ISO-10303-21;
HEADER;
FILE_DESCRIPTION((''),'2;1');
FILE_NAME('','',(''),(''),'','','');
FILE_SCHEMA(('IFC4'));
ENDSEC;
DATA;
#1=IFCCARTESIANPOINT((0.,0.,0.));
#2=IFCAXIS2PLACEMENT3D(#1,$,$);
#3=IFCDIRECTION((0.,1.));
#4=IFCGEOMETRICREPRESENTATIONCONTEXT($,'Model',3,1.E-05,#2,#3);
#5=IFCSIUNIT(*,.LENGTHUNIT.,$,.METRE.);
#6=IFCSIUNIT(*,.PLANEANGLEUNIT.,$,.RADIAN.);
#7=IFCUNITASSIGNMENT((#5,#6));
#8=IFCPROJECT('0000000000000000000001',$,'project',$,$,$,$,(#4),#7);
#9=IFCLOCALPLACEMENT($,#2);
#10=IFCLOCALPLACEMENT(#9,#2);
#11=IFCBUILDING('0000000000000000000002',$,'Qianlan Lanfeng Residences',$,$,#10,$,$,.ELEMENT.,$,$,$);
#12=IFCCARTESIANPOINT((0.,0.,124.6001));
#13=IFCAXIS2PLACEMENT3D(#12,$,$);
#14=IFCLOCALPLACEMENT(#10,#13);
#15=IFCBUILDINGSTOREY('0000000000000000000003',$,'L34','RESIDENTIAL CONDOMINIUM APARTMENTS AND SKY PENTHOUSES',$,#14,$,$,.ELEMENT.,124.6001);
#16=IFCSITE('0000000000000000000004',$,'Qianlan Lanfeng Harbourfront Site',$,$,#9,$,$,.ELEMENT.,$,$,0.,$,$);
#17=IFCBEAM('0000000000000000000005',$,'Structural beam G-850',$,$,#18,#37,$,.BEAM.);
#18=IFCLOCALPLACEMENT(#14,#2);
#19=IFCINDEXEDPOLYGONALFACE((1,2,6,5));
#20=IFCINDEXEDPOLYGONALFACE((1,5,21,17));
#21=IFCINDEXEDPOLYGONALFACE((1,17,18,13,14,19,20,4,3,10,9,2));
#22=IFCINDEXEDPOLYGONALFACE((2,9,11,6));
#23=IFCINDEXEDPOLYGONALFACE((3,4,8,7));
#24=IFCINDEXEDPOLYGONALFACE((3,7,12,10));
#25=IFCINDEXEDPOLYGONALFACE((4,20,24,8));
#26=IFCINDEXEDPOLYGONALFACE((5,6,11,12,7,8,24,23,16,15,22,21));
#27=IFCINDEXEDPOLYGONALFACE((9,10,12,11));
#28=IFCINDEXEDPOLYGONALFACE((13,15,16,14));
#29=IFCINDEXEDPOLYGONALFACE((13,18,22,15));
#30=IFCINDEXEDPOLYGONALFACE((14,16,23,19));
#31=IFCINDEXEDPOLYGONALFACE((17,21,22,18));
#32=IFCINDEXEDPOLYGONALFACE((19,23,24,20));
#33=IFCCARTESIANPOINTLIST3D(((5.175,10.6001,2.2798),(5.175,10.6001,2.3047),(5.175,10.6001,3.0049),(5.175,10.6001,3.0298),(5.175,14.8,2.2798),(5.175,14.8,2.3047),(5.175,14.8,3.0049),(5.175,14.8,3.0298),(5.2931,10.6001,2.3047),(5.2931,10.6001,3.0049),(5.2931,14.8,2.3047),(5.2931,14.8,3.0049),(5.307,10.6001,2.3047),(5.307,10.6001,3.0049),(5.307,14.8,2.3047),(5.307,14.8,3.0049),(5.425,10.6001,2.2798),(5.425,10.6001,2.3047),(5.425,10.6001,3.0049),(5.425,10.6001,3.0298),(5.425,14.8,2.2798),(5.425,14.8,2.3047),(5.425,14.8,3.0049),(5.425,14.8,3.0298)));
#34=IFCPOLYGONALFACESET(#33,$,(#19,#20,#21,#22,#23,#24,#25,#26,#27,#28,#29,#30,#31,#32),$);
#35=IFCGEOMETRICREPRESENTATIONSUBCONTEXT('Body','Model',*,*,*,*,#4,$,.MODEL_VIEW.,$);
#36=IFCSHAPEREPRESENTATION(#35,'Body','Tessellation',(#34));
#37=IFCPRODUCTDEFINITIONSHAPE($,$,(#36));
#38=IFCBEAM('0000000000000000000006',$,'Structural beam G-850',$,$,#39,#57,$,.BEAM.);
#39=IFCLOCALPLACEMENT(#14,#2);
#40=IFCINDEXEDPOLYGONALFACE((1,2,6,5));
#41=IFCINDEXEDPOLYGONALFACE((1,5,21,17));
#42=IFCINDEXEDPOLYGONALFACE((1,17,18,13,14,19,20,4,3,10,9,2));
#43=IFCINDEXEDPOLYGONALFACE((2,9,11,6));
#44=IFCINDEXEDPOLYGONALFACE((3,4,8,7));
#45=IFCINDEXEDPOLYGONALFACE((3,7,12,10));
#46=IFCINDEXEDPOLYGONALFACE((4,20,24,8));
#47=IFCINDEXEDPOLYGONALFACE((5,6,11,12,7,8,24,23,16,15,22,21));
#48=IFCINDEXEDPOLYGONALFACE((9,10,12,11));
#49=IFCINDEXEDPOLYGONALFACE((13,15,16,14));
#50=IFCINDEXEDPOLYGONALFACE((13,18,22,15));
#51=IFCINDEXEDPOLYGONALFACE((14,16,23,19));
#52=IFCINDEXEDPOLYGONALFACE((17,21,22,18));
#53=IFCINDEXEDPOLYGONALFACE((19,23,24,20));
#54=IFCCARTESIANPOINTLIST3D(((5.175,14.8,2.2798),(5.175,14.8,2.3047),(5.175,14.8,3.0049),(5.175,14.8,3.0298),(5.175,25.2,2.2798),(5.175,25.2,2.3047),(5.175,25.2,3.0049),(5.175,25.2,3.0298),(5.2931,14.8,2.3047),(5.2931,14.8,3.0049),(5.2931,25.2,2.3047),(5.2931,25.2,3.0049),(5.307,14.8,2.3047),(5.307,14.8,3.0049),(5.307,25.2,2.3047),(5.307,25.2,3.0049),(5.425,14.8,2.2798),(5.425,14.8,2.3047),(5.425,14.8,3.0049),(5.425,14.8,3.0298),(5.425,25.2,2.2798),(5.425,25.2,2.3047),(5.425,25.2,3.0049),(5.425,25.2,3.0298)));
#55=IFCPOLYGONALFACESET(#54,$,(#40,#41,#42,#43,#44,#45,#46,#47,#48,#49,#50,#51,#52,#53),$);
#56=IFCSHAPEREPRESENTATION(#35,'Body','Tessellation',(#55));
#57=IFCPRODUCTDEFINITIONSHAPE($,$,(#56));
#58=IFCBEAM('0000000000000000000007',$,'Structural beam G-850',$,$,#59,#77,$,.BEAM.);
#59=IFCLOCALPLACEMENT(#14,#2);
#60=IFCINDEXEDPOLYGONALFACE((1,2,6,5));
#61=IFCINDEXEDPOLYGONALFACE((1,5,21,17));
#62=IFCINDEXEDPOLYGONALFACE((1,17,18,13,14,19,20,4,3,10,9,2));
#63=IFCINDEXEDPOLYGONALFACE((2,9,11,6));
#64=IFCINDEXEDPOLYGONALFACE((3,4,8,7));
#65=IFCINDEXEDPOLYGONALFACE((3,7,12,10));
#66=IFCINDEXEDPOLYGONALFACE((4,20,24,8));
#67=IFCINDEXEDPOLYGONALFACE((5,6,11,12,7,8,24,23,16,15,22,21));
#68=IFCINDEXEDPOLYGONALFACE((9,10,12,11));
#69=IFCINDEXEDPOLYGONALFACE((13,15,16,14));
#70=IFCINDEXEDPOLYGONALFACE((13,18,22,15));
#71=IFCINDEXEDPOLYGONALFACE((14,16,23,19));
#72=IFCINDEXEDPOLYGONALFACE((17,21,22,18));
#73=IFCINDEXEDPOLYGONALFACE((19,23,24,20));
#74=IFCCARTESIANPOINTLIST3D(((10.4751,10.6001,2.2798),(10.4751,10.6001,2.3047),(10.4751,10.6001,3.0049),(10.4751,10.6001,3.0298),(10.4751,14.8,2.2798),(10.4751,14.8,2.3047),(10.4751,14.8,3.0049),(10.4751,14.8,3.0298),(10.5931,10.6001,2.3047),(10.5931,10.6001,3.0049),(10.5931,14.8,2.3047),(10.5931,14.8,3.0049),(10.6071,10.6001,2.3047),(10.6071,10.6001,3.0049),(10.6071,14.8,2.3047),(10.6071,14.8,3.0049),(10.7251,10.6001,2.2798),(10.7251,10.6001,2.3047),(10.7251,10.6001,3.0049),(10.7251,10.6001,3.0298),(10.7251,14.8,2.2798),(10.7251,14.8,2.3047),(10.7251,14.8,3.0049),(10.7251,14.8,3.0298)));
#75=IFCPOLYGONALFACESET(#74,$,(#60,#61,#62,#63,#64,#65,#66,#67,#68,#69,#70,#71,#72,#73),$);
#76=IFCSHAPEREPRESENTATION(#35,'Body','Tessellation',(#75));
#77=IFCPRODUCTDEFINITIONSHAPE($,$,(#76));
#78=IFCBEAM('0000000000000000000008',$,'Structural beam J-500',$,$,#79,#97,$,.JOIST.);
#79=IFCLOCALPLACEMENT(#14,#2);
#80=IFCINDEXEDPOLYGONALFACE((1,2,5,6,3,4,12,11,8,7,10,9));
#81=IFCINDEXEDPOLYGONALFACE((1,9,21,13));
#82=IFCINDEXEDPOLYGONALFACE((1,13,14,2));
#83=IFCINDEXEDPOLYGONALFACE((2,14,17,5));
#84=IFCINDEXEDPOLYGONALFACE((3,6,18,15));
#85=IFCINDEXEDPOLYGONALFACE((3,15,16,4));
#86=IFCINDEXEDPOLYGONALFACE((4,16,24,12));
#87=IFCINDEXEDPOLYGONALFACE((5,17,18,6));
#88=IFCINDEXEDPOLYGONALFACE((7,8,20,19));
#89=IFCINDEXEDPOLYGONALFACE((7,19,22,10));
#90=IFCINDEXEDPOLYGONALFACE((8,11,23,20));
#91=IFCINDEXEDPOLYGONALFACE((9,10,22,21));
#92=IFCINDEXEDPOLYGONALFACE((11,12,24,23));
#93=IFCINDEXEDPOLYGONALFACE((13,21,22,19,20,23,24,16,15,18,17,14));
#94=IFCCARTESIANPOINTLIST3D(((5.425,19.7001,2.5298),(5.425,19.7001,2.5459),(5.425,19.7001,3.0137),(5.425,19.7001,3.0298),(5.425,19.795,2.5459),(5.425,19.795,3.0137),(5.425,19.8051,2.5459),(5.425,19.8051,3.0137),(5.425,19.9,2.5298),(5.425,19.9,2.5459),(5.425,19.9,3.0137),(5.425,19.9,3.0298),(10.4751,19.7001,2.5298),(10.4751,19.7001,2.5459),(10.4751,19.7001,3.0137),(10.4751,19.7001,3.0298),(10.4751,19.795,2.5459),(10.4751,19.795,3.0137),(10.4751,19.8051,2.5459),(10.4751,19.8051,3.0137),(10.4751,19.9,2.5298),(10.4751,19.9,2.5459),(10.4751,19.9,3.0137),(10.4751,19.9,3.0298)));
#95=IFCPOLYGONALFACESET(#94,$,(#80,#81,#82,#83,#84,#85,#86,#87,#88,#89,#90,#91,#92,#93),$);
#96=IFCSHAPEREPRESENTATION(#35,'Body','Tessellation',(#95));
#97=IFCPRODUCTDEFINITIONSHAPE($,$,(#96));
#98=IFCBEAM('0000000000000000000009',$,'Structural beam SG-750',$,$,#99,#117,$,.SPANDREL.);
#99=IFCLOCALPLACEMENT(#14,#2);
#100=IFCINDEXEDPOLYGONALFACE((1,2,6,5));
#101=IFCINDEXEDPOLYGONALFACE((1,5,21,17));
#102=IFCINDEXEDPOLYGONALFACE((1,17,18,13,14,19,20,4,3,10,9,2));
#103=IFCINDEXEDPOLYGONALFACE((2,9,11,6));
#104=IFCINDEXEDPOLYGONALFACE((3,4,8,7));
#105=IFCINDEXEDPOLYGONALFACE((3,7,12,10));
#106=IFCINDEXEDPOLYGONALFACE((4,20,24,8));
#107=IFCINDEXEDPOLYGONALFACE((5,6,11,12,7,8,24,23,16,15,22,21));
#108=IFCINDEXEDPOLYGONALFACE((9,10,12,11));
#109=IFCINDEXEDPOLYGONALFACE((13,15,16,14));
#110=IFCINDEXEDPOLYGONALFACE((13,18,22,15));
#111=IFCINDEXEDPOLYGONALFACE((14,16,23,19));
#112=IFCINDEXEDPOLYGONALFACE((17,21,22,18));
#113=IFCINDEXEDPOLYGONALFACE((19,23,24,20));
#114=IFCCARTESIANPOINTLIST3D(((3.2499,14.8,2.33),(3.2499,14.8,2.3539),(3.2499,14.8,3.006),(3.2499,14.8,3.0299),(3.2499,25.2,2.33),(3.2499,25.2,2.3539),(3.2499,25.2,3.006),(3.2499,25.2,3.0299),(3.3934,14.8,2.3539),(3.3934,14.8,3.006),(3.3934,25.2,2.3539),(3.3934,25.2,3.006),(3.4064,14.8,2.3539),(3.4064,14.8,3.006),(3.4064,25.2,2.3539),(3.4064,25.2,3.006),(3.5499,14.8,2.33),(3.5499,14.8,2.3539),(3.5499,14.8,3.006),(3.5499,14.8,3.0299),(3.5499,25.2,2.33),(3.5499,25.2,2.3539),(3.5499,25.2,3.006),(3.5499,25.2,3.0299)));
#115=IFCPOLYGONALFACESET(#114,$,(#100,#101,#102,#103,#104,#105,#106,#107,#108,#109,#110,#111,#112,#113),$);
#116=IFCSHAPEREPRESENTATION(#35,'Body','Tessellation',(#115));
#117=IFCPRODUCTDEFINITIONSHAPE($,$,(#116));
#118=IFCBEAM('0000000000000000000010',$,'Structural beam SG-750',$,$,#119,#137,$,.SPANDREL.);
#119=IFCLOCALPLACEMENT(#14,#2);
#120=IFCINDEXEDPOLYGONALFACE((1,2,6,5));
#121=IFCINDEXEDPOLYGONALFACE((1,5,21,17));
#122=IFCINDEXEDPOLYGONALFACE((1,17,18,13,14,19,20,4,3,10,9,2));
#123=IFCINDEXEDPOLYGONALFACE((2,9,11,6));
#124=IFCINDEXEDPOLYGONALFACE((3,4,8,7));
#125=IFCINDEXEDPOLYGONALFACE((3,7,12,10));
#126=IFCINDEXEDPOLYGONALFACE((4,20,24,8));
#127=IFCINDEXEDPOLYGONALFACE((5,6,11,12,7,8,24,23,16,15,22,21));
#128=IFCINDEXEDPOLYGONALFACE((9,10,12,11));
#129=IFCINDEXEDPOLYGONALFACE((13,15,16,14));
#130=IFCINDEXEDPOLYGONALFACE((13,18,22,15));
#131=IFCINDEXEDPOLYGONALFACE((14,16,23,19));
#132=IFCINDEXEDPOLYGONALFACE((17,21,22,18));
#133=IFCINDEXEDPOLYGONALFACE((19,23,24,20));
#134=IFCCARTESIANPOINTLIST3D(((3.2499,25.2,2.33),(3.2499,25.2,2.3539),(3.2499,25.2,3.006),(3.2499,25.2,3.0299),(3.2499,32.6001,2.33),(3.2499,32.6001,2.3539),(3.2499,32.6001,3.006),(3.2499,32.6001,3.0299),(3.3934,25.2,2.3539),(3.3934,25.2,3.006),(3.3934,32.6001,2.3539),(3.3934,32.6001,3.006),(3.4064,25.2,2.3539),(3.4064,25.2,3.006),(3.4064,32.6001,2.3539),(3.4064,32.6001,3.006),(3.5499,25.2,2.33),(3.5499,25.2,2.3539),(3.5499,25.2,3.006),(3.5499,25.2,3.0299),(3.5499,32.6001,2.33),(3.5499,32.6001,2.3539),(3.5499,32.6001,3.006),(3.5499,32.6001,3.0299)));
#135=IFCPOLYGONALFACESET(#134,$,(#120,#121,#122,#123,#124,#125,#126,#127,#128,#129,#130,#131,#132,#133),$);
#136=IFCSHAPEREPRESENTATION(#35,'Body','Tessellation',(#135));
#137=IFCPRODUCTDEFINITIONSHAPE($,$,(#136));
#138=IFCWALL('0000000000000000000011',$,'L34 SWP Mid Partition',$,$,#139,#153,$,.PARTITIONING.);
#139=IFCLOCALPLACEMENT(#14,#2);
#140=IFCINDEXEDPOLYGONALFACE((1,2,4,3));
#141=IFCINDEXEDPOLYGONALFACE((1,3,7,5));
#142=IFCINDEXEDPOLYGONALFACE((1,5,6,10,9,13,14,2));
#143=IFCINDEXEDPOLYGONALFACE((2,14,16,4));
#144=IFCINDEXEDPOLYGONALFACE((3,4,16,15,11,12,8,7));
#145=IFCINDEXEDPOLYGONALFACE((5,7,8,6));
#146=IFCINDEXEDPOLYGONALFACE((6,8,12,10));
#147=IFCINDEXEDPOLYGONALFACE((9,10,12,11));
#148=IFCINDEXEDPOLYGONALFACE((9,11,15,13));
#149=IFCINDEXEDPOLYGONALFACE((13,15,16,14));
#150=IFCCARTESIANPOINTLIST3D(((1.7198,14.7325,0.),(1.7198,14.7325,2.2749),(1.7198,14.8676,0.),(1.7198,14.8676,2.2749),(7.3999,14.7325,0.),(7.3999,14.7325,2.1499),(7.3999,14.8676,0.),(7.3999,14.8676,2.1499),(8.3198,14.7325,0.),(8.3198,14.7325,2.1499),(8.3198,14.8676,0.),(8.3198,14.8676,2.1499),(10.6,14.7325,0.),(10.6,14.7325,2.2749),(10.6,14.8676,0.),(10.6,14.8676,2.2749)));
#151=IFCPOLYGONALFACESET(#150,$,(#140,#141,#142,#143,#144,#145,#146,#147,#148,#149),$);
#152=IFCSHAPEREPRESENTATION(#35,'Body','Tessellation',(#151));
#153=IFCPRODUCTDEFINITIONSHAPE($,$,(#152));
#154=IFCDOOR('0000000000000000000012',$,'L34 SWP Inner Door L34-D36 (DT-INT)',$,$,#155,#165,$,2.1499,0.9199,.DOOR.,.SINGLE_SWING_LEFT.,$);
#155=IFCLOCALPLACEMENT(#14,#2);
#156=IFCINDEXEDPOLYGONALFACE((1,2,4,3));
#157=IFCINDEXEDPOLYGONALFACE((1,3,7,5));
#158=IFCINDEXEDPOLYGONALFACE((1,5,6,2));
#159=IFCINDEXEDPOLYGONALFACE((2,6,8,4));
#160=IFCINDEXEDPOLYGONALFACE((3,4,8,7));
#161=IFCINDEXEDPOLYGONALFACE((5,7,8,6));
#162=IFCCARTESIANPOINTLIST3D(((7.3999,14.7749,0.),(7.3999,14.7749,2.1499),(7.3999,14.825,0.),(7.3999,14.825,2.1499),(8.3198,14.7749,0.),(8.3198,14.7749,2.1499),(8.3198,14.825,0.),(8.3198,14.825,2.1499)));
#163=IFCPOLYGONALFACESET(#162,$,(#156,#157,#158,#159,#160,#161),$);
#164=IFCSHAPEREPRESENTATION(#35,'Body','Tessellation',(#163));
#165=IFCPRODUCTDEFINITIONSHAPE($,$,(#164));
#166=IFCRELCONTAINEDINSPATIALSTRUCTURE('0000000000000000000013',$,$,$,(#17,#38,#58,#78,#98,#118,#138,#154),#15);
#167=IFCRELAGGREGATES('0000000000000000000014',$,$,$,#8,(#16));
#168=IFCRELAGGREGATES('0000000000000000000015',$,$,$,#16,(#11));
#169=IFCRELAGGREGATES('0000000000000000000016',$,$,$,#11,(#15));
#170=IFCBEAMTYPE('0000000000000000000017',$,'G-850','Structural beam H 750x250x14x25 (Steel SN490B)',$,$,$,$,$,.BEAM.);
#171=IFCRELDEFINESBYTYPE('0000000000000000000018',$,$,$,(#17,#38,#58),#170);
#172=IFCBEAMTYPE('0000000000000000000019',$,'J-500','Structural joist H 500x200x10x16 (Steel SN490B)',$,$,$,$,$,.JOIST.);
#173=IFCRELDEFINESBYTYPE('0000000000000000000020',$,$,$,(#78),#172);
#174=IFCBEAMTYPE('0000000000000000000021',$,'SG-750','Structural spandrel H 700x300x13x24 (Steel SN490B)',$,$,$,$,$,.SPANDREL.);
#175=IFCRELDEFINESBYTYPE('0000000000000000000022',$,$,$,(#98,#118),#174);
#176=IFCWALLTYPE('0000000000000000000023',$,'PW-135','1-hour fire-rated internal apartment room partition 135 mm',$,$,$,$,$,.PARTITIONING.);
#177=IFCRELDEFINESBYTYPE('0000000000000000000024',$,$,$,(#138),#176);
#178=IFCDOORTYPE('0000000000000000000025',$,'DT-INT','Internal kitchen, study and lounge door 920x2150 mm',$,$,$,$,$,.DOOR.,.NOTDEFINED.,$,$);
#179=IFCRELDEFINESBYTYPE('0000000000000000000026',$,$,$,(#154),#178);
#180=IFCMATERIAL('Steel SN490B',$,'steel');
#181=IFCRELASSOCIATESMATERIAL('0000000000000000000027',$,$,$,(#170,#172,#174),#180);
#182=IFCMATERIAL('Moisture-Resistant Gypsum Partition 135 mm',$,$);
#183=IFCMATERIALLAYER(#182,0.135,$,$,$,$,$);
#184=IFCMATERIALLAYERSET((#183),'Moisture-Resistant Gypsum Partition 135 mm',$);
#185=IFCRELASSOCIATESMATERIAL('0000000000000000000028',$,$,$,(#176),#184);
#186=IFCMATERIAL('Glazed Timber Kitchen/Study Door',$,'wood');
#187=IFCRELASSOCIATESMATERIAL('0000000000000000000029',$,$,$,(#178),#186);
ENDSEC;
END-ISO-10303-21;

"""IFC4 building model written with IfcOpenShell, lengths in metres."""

from ifc_helpers import new_model, si_unit, direction, frame, frame_2d, origin, origin_2d, place, context, subcontext, project, spatial, rectangle, i_section, extrude, material, layer, layer_set, material_profile, profile_set, type_object, element, fill, save


model = new_model("IFC4")

# Units and contexts
model_context = context("Model", 3, precision=1e-05, world=origin(), true_north=direction((0.0, 1.0)))
body_context = subcontext(model_context, "Body", "Model", "MODEL_VIEW")
ifc_project = project(units=[si_unit("LENGTHUNIT", "METRE"), si_unit("PLANEANGLEUNIT", "RADIAN")], contexts=[model_context])

# Site, building, storey
site_placement = place(None, origin())
site = spatial("IfcSite", under=ifc_project, at=site_placement, Name="Qianlan Lanfeng Harbourfront Site", CompositionType="ELEMENT", RefElevation=0.0)
building_placement = place(site_placement, origin())
building = spatial("IfcBuilding", under=site, at=building_placement, Name="Qianlan Lanfeng Residences", CompositionType="ELEMENT")
storey_placement = place(building_placement, frame((0.0, 0.0, 124.6001)))
storey = spatial("IfcBuildingStorey", under=building, at=storey_placement, Name="L34", Description="RESIDENTIAL CONDOMINIUM APARTMENTS AND SKY PENTHOUSES", CompositionType="ELEMENT", Elevation=124.6001)

# Shared definitions
ifc_material_1 = material(Name="Steel SN490B", Category="steel")

# Beams
ifc_material_profile_1 = material_profile(ifc_material_1, i_section(OverallWidth=0.25, OverallDepth=0.75, WebThickness=0.0139, FlangeThickness=0.0249, at=origin_2d()), Name="H 750x250x14x25")
ifc_profile_set_1 = profile_set([ifc_material_profile_1], Name="Steel SN490B")
beam_type_1 = type_object("IfcBeamType", Name="G-850", Description="Structural beam H 750x250x14x25 (Steel SN490B)", PredefinedType="BEAM", material=ifc_profile_set_1)
beam_1_placement = place(storey_placement, frame((5.3, 10.6001, 2.6548), z_axis=(0.0, 1.0, 0.0), x_axis=(-1.0, 0.0, 0.0)))
element("IfcBeam", 1, at=beam_1_placement, inside=storey, type_object=beam_type_1, Name="Structural beam G-850", PredefinedType="BEAM", context=body_context, shape_type="SweptSolid", body=[
    extrude(i_section(OverallWidth=0.25, OverallDepth=0.75, WebThickness=0.0139, FlangeThickness=0.0249, at=origin_2d()), origin(), (0.0, 0.0, 1.0), 4.2),
])
beam_2_placement = place(storey_placement, frame((5.3, 14.8, 2.6548), z_axis=(0.0, 1.0, 0.0), x_axis=(-1.0, 0.0, 0.0)))
element("IfcBeam", 2, at=beam_2_placement, inside=storey, type_object=beam_type_1, Name="Structural beam G-850", PredefinedType="BEAM", context=body_context, shape_type="SweptSolid", body=[
    extrude(i_section(OverallWidth=0.25, OverallDepth=0.75, WebThickness=0.0139, FlangeThickness=0.0249, at=origin_2d()), origin(), (0.0, 0.0, 1.0), 10.3999),
])
beam_3_placement = place(storey_placement, frame((10.6001, 10.6001, 2.6548), z_axis=(0.0, 1.0, 0.0), x_axis=(-1.0, 0.0, 0.0)))
element("IfcBeam", 3, at=beam_3_placement, inside=storey, type_object=beam_type_1, Name="Structural beam G-850", PredefinedType="BEAM", context=body_context, shape_type="SweptSolid", body=[
    extrude(i_section(OverallWidth=0.25, OverallDepth=0.75, WebThickness=0.0139, FlangeThickness=0.0249, at=origin_2d()), origin(), (0.0, 0.0, 1.0), 4.2),
])
ifc_material_profile_2 = material_profile(ifc_material_1, i_section(OverallWidth=0.2, OverallDepth=0.5, WebThickness=0.01, FlangeThickness=0.0161, at=origin_2d()), Name="H 500x200x10x16")
ifc_profile_set_2 = profile_set([ifc_material_profile_2], Name="Steel SN490B")
beam_type_2 = type_object("IfcBeamType", Name="J-500", Description="Structural joist H 500x200x10x16 (Steel SN490B)", PredefinedType="JOIST", material=ifc_profile_set_2)
beam_4_placement = place(storey_placement, frame((5.425, 19.8, 2.7798), z_axis=(1.0, 0.0, 0.0), x_axis=(0.0, 1.0, 0.0)))
element("IfcBeam", 4, at=beam_4_placement, inside=storey, type_object=beam_type_2, Name="Structural beam J-500", PredefinedType="JOIST", context=body_context, shape_type="SweptSolid", body=[
    extrude(i_section(OverallWidth=0.2, OverallDepth=0.5, WebThickness=0.01, FlangeThickness=0.0161, at=origin_2d()), origin(), (0.0, 0.0, 1.0), 5.05),
])
ifc_material_profile_3 = material_profile(ifc_material_1, i_section(OverallWidth=0.3, OverallDepth=0.7, WebThickness=0.0129, FlangeThickness=0.0239, at=origin_2d()), Name="H 700x300x13x24")
ifc_profile_set_3 = profile_set([ifc_material_profile_3], Name="Steel SN490B")
beam_type_3 = type_object("IfcBeamType", Name="SG-750", Description="Structural spandrel H 700x300x13x24 (Steel SN490B)", PredefinedType="SPANDREL", material=ifc_profile_set_3)
beam_5_placement = place(storey_placement, frame((3.3999, 14.8, 2.6799), z_axis=(0.0, 1.0, 0.0), x_axis=(-1.0, 0.0, 0.0)))
element("IfcBeam", 5, at=beam_5_placement, inside=storey, type_object=beam_type_3, Name="Structural beam SG-750", PredefinedType="SPANDREL", context=body_context, shape_type="SweptSolid", body=[
    extrude(i_section(OverallWidth=0.3, OverallDepth=0.7, WebThickness=0.0129, FlangeThickness=0.0239, at=origin_2d()), origin(), (0.0, 0.0, 1.0), 10.3999),
])
beam_6_placement = place(storey_placement, frame((3.3999, 25.2, 2.6799), z_axis=(0.0, 1.0, 0.0), x_axis=(-1.0, 0.0, 0.0)))
element("IfcBeam", 6, at=beam_6_placement, inside=storey, type_object=beam_type_3, Name="Structural beam SG-750", PredefinedType="SPANDREL", context=body_context, shape_type="SweptSolid", body=[
    extrude(i_section(OverallWidth=0.3, OverallDepth=0.7, WebThickness=0.0129, FlangeThickness=0.0239, at=origin_2d()), origin(), (0.0, 0.0, 1.0), 7.4001),
])

# Wall, opening, door
ifc_material_2 = material(Name="Moisture-Resistant Gypsum Partition 135 mm")
ifc_layer_1 = layer(ifc_material_2, 0.135)
ifc_layer_set_1 = layer_set([ifc_layer_1], Name="Moisture-Resistant Gypsum Partition 135 mm")
wall_type_1 = type_object("IfcWallType", Name="PW-135", Description="1-hour fire-rated internal apartment room partition 135 mm", PredefinedType="PARTITIONING", material=ifc_layer_set_1)
wall_1_placement = place(storey_placement, frame((1.72, 14.8, 0.0), z_axis=(0.0, 0.0, 1.0), x_axis=(1.0, 0.0, 0.0)))
wall_1 = element("IfcWall", 7, at=wall_1_placement, inside=storey, type_object=wall_type_1, Name="L34 SWP Mid Partition", PredefinedType="PARTITIONING", context=body_context, shape_type="SweptSolid", body=[
    extrude(rectangle(XDim=8.8801, YDim=0.135, at=frame_2d((4.4399, 0.0))), origin(), (0.0, 0.0, 1.0), 2.2749),
])
opening_1_placement = place(wall_1_placement, frame((5.6799, 0.0, 0.0)))
opening_1 = element("IfcOpeningElement", 8, at=opening_1_placement, cuts=wall_1, PredefinedType="OPENING", context=body_context, shape_type="SweptSolid", body=[
    extrude(rectangle(XDim=0.9199, YDim=2.1499, at=frame_2d((0.46, 1.075))), frame((0.0, 0.0776, 0.0), z_axis=(0.0, -1.0, 0.0), x_axis=(1.0, 0.0, 0.0)), (0.0, 0.0, 1.0), 0.155),
])
ifc_material_3 = material(Name="Glazed Timber Kitchen/Study Door", Category="wood")
door_type_1 = type_object("IfcDoorType", Name="DT-INT", Description="Internal kitchen, study and lounge door 920x2150 mm", OperationType="NOTDEFINED", PredefinedType="DOOR", material=ifc_material_3)
door_1_placement = place(opening_1_placement, origin())
door_1 = element("IfcDoor", 9, at=door_1_placement, inside=storey, type_object=door_type_1, Name="L34 SWP Inner Door L34-D36 (DT-INT)", OperationType="SINGLE_SWING_LEFT", OverallHeight=2.1499, OverallWidth=0.9199, PredefinedType="DOOR", context=body_context, shape_type="SweptSolid", body=[
    extrude(rectangle(XDim=0.9199, YDim=2.1499, at=frame_2d((0.46, 1.075))), frame((0.0, 0.0249, 0.0), z_axis=(0.0, -1.0, 0.0), x_axis=(1.0, 0.0, 0.0)), (0.0, 0.0, 1.0), 0.05),
])
fill(opening_1, door_1)

save(model, "model.ifc")
